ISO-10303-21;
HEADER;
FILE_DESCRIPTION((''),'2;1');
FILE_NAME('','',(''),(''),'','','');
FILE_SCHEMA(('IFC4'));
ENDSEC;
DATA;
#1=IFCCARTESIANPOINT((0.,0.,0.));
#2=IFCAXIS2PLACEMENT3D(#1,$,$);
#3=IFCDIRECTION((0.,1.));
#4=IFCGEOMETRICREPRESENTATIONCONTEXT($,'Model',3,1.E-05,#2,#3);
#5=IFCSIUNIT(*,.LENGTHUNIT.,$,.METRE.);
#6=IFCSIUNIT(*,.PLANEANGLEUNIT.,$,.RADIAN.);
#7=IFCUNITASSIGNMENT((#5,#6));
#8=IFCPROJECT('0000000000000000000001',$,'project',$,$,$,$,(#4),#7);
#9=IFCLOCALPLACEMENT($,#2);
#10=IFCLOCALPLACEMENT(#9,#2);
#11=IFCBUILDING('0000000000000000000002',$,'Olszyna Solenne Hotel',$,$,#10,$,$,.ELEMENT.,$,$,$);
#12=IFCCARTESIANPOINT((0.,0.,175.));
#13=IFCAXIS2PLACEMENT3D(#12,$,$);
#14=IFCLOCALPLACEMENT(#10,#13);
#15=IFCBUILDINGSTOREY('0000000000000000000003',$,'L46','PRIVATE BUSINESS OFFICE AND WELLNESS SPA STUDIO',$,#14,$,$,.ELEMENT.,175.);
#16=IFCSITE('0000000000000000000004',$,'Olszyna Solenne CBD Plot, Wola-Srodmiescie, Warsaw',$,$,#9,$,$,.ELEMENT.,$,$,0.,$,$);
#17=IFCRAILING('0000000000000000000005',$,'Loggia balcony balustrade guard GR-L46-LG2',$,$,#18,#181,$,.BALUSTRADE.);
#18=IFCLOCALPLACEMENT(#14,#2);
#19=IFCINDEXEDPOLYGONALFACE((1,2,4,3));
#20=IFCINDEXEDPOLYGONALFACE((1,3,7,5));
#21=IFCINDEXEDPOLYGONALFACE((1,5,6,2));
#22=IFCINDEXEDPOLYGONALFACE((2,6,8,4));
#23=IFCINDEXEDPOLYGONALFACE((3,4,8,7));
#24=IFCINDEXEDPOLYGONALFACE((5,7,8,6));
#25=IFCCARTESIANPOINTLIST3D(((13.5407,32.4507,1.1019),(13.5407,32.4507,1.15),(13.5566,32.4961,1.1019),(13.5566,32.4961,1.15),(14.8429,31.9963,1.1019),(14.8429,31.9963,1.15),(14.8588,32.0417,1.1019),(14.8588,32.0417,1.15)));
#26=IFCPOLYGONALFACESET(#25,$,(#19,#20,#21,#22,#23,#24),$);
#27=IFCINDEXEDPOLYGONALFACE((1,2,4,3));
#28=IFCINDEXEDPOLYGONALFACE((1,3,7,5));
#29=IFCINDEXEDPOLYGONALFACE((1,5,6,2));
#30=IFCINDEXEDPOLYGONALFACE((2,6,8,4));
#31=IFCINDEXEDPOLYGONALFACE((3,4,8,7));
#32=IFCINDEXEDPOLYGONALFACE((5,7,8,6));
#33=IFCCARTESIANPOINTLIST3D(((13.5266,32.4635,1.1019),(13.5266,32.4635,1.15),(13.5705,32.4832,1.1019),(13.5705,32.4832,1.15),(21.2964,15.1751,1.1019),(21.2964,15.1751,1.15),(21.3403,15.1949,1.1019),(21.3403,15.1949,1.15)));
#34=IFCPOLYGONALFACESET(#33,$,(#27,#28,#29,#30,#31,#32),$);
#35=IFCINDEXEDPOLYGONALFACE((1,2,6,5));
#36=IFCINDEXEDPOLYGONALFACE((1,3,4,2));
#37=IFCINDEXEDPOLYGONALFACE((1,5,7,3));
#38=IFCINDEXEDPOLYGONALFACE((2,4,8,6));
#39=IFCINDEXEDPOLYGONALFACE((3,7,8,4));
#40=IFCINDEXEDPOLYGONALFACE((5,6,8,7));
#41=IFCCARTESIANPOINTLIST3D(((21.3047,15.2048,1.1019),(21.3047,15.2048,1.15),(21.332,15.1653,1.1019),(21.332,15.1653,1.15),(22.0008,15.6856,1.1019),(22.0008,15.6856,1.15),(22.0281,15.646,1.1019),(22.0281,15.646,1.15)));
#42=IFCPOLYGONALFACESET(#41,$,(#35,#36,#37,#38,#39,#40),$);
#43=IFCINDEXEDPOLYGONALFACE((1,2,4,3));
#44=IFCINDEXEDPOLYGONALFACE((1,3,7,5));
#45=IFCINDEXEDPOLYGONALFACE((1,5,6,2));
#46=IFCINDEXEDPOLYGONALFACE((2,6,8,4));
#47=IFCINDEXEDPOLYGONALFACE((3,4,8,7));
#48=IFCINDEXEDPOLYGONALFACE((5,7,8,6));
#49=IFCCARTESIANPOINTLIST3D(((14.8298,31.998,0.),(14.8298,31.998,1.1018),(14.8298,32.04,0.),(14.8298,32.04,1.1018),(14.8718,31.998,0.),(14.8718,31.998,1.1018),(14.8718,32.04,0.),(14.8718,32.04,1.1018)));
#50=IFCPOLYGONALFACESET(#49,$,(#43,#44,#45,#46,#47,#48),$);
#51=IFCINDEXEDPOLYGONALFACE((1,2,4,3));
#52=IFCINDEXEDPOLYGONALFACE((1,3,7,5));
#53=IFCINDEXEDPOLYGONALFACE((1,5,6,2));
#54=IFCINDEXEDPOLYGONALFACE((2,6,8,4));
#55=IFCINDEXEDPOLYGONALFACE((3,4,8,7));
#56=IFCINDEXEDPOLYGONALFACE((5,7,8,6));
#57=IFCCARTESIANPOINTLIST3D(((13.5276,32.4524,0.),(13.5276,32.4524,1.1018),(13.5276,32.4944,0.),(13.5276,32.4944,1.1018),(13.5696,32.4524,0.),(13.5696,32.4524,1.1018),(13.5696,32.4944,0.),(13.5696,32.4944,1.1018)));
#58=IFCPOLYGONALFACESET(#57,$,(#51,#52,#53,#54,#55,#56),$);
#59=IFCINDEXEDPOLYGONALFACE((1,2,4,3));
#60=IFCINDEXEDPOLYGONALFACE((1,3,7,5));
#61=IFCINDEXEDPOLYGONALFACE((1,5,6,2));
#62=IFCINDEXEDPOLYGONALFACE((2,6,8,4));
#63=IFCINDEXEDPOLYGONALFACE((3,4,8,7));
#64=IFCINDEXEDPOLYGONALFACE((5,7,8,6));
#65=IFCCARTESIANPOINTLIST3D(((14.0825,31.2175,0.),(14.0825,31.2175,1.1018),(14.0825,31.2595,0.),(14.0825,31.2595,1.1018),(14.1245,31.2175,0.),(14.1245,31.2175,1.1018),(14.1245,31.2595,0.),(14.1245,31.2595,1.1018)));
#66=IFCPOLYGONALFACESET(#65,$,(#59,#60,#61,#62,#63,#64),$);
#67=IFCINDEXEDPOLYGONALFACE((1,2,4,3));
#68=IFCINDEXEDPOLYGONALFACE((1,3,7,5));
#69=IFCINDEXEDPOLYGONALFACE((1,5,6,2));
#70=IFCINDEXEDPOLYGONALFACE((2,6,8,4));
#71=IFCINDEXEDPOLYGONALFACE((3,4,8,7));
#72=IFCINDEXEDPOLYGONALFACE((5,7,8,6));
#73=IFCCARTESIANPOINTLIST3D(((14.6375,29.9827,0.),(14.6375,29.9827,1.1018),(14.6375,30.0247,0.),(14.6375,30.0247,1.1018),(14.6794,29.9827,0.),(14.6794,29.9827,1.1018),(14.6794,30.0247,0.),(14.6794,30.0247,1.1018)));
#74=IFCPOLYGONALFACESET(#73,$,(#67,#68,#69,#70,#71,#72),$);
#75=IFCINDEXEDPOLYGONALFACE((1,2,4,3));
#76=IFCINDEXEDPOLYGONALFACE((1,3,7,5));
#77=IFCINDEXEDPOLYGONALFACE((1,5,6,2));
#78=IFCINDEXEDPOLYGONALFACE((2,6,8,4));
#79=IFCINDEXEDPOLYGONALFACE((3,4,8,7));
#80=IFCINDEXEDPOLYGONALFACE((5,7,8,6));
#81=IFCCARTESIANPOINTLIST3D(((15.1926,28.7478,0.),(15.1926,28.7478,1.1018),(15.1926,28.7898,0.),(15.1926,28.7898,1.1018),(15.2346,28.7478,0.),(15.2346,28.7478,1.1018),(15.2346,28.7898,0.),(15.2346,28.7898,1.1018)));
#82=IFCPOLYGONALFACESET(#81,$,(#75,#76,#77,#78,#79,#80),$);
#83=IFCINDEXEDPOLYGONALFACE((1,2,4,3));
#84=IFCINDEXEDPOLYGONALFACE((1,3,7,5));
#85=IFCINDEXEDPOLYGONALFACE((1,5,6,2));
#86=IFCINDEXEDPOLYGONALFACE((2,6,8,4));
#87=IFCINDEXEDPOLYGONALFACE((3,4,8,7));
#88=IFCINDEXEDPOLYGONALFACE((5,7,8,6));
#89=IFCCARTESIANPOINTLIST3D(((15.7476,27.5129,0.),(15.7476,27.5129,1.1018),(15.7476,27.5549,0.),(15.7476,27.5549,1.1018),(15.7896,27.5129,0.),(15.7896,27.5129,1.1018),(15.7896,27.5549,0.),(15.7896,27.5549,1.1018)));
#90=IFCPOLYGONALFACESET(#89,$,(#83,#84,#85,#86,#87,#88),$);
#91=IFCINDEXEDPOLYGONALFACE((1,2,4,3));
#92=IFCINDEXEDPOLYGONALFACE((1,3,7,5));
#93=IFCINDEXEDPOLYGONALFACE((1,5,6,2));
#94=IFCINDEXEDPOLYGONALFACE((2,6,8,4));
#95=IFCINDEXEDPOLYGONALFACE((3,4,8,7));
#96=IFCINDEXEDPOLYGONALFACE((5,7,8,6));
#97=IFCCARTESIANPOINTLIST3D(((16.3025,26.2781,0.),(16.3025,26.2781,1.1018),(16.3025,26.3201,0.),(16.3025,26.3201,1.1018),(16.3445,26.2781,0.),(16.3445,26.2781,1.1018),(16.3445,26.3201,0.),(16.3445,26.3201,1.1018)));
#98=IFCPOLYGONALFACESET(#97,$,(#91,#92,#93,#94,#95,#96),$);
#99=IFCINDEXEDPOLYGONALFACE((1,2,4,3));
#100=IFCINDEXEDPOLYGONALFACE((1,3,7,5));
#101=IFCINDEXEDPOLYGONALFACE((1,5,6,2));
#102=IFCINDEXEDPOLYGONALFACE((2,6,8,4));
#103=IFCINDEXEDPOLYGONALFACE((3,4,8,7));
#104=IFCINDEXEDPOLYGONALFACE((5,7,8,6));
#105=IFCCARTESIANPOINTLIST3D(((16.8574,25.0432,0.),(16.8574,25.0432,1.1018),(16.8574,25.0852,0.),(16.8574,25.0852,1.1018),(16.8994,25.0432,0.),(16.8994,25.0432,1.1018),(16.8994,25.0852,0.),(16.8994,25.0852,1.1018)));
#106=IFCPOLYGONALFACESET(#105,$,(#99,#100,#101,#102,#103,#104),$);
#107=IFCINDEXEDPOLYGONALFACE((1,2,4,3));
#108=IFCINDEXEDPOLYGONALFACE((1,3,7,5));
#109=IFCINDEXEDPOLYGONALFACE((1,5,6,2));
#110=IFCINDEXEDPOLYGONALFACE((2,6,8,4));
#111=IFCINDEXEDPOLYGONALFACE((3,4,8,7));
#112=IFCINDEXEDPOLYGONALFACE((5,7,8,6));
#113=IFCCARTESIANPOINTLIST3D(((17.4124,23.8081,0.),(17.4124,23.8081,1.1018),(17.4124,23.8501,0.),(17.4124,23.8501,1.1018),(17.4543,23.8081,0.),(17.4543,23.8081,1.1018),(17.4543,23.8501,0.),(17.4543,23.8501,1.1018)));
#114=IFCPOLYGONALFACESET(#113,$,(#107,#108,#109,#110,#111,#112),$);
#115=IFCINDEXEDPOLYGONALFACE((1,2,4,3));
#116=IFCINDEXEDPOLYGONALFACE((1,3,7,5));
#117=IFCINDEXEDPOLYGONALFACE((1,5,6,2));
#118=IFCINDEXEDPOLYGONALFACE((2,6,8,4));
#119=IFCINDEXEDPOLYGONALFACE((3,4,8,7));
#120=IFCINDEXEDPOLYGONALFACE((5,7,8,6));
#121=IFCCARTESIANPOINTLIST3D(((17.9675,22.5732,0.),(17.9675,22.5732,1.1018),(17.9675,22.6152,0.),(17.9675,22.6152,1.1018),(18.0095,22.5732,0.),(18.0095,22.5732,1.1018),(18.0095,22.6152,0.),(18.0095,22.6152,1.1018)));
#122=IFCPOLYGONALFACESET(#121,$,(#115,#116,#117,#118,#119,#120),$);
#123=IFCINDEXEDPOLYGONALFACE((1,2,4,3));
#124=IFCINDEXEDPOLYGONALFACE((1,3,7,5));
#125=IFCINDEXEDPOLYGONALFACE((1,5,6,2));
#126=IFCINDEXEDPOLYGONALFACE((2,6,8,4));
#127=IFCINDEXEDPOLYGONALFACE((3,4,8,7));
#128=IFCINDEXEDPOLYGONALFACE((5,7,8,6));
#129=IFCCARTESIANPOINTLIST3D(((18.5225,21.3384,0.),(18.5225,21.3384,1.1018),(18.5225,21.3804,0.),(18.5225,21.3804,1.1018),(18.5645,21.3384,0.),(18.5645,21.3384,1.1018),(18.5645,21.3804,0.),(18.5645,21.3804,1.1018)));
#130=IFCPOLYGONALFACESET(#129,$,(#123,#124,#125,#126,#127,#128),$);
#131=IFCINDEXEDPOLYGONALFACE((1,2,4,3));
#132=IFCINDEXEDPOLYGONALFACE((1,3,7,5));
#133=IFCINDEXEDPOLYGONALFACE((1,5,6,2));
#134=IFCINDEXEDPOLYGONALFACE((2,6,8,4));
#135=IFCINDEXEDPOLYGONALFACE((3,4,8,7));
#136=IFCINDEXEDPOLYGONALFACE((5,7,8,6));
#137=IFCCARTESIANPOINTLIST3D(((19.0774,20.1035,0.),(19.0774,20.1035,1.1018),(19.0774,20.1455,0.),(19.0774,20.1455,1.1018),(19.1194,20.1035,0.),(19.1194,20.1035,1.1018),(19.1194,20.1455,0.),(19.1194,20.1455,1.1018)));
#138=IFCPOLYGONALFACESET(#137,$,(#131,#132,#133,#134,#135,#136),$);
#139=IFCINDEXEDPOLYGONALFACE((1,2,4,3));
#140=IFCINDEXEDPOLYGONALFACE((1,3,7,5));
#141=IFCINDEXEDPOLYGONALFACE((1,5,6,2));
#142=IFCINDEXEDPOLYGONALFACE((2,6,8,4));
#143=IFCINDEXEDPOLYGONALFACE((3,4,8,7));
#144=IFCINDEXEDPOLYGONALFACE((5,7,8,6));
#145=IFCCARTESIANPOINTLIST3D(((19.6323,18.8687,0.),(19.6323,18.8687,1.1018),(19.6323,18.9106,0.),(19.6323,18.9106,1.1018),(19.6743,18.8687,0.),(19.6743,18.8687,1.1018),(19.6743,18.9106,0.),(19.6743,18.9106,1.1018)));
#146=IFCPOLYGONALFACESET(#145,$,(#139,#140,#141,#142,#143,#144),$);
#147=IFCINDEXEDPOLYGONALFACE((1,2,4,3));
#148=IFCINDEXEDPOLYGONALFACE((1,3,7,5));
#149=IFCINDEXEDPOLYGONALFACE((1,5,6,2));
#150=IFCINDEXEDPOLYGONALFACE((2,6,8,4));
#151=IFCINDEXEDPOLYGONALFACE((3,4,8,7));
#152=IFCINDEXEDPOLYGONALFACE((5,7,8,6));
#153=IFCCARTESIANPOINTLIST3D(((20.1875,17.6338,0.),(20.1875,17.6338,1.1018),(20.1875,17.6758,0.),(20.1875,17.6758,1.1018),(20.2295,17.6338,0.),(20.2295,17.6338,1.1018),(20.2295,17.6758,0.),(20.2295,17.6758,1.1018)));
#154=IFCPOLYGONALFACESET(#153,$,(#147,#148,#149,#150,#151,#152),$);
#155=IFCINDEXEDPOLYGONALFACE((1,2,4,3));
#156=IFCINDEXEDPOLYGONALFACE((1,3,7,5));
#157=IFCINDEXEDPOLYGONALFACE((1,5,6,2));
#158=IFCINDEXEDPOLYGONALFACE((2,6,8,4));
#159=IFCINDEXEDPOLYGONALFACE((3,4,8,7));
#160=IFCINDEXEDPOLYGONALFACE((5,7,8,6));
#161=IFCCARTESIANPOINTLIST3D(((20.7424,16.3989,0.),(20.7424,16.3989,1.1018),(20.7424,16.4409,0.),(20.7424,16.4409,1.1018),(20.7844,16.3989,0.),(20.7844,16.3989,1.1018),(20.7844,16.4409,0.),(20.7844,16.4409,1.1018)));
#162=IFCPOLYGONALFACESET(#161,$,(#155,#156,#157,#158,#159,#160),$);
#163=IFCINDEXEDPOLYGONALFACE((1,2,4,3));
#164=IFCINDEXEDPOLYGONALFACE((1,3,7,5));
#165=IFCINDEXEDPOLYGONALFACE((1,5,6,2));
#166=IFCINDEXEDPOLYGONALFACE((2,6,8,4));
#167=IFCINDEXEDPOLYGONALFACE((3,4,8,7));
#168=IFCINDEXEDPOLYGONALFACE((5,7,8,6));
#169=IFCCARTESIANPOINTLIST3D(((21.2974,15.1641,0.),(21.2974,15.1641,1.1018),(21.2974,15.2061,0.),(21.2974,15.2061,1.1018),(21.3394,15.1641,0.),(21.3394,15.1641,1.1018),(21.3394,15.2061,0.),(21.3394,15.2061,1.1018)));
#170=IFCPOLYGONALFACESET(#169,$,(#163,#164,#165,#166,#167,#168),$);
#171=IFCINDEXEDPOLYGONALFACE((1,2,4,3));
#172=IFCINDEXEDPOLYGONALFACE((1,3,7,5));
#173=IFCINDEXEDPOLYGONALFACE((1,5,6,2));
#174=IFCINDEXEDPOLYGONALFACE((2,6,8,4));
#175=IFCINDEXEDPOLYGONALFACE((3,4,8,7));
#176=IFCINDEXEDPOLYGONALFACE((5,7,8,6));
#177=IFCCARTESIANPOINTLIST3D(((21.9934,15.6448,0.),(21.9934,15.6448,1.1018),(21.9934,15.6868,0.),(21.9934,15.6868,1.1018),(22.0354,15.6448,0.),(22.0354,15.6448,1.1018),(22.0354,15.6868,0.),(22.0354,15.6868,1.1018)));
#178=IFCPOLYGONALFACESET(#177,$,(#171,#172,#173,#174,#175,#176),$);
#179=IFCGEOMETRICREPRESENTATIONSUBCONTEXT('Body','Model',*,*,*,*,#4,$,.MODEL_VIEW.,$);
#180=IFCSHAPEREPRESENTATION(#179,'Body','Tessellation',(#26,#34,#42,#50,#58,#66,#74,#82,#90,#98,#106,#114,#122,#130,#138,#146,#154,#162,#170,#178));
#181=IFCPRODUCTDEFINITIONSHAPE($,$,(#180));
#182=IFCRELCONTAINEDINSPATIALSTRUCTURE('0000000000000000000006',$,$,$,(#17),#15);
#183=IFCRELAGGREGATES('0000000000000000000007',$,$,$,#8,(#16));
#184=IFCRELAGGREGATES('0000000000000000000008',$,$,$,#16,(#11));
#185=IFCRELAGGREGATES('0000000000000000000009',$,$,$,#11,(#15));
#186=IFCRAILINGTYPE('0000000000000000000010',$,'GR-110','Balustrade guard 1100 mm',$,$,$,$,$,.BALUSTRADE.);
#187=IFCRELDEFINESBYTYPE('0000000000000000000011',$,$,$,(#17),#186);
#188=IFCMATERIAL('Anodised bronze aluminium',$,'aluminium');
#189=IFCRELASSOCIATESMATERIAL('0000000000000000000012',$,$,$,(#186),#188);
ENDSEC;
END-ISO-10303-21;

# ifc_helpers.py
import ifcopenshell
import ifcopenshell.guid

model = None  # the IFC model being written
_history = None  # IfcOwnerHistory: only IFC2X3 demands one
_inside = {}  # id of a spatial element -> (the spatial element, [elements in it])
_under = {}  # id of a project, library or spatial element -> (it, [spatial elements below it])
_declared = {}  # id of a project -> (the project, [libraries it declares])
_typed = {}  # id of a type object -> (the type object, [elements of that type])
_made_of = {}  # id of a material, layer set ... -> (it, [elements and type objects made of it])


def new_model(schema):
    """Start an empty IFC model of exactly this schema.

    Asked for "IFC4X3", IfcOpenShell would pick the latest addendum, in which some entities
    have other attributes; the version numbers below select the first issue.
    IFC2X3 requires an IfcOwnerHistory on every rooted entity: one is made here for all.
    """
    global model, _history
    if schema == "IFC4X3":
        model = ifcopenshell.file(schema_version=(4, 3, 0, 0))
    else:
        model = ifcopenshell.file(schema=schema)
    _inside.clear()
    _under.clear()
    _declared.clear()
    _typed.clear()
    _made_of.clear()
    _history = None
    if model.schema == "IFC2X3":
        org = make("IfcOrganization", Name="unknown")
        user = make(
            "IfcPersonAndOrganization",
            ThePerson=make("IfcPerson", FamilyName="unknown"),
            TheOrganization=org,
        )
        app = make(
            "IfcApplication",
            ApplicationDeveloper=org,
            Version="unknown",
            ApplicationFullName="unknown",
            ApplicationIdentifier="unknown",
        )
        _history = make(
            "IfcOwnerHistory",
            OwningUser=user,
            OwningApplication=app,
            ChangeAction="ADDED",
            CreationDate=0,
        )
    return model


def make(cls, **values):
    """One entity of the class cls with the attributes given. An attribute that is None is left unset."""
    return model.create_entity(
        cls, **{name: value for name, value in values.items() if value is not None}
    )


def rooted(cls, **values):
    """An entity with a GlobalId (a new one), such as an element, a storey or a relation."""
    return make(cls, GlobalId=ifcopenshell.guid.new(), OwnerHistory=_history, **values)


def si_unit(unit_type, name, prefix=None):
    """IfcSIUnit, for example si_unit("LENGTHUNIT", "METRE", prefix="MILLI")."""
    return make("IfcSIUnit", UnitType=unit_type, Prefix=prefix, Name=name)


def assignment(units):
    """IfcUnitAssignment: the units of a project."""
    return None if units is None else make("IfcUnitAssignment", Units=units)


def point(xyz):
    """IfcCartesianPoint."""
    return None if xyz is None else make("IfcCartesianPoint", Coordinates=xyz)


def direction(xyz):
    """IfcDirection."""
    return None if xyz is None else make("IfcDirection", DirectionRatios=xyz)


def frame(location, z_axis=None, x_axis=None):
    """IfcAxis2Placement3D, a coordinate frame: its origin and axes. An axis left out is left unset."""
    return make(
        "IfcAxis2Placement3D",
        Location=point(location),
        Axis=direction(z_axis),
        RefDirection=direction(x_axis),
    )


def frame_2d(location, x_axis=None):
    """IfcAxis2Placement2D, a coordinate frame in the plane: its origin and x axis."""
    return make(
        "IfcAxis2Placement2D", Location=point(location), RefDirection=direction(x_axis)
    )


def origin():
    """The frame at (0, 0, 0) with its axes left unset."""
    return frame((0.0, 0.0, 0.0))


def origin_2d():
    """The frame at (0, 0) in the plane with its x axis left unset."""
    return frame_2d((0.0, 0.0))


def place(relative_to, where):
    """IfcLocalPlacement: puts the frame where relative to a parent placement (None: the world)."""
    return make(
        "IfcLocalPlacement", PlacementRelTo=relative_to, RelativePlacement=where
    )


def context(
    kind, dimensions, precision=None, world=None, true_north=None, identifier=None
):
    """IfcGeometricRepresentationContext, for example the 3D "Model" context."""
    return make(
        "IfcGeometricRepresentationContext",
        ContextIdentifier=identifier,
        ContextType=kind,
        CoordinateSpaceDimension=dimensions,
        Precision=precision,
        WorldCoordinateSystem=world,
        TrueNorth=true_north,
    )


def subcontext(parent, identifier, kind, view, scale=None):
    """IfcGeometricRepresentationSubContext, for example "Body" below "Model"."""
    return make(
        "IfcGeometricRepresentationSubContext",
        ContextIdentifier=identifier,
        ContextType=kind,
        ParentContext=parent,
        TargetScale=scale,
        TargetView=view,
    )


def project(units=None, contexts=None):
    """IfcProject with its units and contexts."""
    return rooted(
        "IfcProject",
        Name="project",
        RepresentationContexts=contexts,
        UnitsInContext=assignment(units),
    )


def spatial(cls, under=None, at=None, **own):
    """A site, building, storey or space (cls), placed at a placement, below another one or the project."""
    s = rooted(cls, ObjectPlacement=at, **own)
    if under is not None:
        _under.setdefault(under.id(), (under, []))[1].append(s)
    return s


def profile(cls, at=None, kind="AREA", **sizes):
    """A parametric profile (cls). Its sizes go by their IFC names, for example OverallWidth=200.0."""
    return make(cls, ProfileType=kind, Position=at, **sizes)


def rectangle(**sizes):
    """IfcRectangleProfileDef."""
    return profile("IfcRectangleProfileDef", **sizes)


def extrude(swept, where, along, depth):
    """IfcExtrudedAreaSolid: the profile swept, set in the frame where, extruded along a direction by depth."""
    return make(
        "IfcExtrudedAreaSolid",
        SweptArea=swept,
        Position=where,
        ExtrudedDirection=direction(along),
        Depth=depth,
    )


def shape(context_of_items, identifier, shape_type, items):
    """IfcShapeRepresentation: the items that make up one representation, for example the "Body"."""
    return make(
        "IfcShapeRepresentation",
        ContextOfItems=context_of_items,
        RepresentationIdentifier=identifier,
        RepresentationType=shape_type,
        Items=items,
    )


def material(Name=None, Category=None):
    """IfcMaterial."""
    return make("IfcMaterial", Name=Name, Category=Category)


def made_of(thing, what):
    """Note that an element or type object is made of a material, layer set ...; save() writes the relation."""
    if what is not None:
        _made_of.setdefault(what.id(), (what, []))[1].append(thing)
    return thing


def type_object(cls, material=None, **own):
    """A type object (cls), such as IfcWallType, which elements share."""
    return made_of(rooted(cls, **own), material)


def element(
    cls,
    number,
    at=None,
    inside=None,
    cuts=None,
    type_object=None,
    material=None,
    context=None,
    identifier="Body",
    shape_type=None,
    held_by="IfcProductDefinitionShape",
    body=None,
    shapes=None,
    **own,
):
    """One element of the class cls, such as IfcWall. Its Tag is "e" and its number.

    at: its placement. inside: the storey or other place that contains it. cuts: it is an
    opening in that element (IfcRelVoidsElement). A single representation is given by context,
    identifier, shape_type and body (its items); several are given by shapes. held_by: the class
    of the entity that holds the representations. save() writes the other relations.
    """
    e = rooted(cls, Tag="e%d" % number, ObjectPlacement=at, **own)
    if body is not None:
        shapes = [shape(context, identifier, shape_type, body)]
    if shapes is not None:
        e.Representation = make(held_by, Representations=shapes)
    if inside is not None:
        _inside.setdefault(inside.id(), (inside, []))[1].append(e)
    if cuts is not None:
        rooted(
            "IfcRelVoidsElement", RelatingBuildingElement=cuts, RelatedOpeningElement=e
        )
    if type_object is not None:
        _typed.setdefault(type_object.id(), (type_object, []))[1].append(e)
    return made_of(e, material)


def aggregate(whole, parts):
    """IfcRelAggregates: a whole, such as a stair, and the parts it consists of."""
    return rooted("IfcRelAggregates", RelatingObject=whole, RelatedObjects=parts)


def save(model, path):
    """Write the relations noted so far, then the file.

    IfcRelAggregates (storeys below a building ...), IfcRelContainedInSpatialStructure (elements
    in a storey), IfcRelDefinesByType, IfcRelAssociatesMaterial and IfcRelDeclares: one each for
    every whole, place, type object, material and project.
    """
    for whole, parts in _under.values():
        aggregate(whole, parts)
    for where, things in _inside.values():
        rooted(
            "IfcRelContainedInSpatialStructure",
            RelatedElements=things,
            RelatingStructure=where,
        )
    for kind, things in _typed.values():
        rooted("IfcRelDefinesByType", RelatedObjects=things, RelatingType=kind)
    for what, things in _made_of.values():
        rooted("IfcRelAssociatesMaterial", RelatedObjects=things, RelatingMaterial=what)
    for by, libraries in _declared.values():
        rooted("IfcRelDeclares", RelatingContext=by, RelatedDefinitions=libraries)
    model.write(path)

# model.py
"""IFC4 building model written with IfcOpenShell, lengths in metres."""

from ifc_helpers import new_model, si_unit, direction, frame, origin, origin_2d, place, context, subcontext, project, spatial, rectangle, extrude, material, type_object, element, save


model = new_model("IFC4")

# Units and contexts
model_context = context("Model", 3, precision=1e-05, world=origin(), true_north=direction((0.0, 1.0)))
body_context = subcontext(model_context, "Body", "Model", "MODEL_VIEW")
ifc_project = project(units=[si_unit("LENGTHUNIT", "METRE"), si_unit("PLANEANGLEUNIT", "RADIAN")], contexts=[model_context])

# Site, building, storey
site_placement = place(None, origin())
site = spatial("IfcSite", under=ifc_project, at=site_placement, Name="Olszyna Solenne CBD Plot, Wola-Srodmiescie, Warsaw", CompositionType="ELEMENT", RefElevation=0.0)
building_placement = place(site_placement, origin())
building = spatial("IfcBuilding", under=site, at=building_placement, Name="Olszyna Solenne Hotel", CompositionType="ELEMENT")
storey_placement = place(building_placement, frame((0.0, 0.0, 175.0)))
storey = spatial("IfcBuildingStorey", under=building, at=storey_placement, Name="L46", Description="PRIVATE BUSINESS OFFICE AND WELLNESS SPA STUDIO", CompositionType="ELEMENT", Elevation=175.0)

# Railing
ifc_material_1 = material(Name="Anodised bronze aluminium", Category="aluminium")
railing_type = type_object("IfcRailingType", Name="GR-110", Description="Balustrade guard 1100 mm", PredefinedType="BALUSTRADE", material=ifc_material_1)
railing_placement = place(storey_placement, frame((14.8508, 32.019, 0.0)))
element("IfcRailing", 1, at=railing_placement, inside=storey, type_object=railing_type, Name="Loggia balcony balustrade guard GR-L46-LG2", PredefinedType="BALUSTRADE", context=body_context, shape_type="SweptSolid", body=[
    extrude(rectangle(XDim=0.0481, YDim=0.0481, at=origin_2d()), frame((0.0, 0.0, 1.126), z_axis=(-0.944184, 0.32942, 0.0), x_axis=(-0.32942, -0.944184, 0.0)), (0.0, 0.0, 1.0), 1.3792),
    extrude(rectangle(XDim=0.0481, YDim=0.0481, at=origin_2d()), frame((-1.3022, 0.4543, 1.126), z_axis=(0.409927, -0.912118, 0.0), x_axis=(0.912118, 0.409927, 0.0)), (0.0, 0.0, 1.0), 18.9541),
    extrude(rectangle(XDim=0.0481, YDim=0.0481, at=origin_2d()), frame((6.4675, -16.834, 1.126), z_axis=(0.822836, 0.568279, 0.0), x_axis=(-0.568279, 0.822836, 0.0)), (0.0, 0.0, 1.0), 0.8459),
    extrude(rectangle(XDim=0.042, YDim=0.042, at=origin_2d()), origin(), (0.0, 0.0, 1.0), 1.1018),
    extrude(rectangle(XDim=0.042, YDim=0.042, at=origin_2d()), frame((-1.3022, 0.4543, 0.0)), (0.0, 0.0, 1.0), 1.1018),
    extrude(rectangle(XDim=0.042, YDim=0.042, at=origin_2d()), frame((-0.7473, -0.7805, 0.0)), (0.0, 0.0, 1.0), 1.1018),
    extrude(rectangle(XDim=0.042, YDim=0.042, at=origin_2d()), frame((-0.1924, -2.0154, 0.0)), (0.0, 0.0, 1.0), 1.1018),
    extrude(rectangle(XDim=0.042, YDim=0.042, at=origin_2d()), frame((0.3628, -3.2502, 0.0)), (0.0, 0.0, 1.0), 1.1018),
    extrude(rectangle(XDim=0.042, YDim=0.042, at=origin_2d()), frame((0.9177, -4.4851, 0.0)), (0.0, 0.0, 1.0), 1.1018),
    extrude(rectangle(XDim=0.042, YDim=0.042, at=origin_2d()), frame((1.4727, -5.72, 0.0)), (0.0, 0.0, 1.0), 1.1018),
    extrude(rectangle(XDim=0.042, YDim=0.042, at=origin_2d()), frame((2.0276, -6.9548, 0.0)), (0.0, 0.0, 1.0), 1.1018),
    extrude(rectangle(XDim=0.042, YDim=0.042, at=origin_2d()), frame((2.5825, -8.1899, 0.0)), (0.0, 0.0, 1.0), 1.1018),
    extrude(rectangle(XDim=0.042, YDim=0.042, at=origin_2d()), frame((3.1377, -9.4248, 0.0)), (0.0, 0.0, 1.0), 1.1018),
    extrude(rectangle(XDim=0.042, YDim=0.042, at=origin_2d()), frame((3.6926, -10.6597, 0.0)), (0.0, 0.0, 1.0), 1.1018),
    extrude(rectangle(XDim=0.042, YDim=0.042, at=origin_2d()), frame((4.2476, -11.8945, 0.0)), (0.0, 0.0, 1.0), 1.1018),
    extrude(rectangle(XDim=0.042, YDim=0.042, at=origin_2d()), frame((4.8025, -13.1294, 0.0)), (0.0, 0.0, 1.0), 1.1018),
    extrude(rectangle(XDim=0.042, YDim=0.042, at=origin_2d()), frame((5.3577, -14.3643, 0.0)), (0.0, 0.0, 1.0), 1.1018),
    extrude(rectangle(XDim=0.042, YDim=0.042, at=origin_2d()), frame((5.9126, -15.5991, 0.0)), (0.0, 0.0, 1.0), 1.1018),
    extrude(rectangle(XDim=0.042, YDim=0.042, at=origin_2d()), frame((6.4675, -16.834, 0.0)), (0.0, 0.0, 1.0), 1.1018),
    extrude(rectangle(XDim=0.042, YDim=0.042, at=origin_2d()), frame((7.1636, -16.3533, 0.0)), (0.0, 0.0, 1.0), 1.1018),
])

save(model, "model.ifc")
